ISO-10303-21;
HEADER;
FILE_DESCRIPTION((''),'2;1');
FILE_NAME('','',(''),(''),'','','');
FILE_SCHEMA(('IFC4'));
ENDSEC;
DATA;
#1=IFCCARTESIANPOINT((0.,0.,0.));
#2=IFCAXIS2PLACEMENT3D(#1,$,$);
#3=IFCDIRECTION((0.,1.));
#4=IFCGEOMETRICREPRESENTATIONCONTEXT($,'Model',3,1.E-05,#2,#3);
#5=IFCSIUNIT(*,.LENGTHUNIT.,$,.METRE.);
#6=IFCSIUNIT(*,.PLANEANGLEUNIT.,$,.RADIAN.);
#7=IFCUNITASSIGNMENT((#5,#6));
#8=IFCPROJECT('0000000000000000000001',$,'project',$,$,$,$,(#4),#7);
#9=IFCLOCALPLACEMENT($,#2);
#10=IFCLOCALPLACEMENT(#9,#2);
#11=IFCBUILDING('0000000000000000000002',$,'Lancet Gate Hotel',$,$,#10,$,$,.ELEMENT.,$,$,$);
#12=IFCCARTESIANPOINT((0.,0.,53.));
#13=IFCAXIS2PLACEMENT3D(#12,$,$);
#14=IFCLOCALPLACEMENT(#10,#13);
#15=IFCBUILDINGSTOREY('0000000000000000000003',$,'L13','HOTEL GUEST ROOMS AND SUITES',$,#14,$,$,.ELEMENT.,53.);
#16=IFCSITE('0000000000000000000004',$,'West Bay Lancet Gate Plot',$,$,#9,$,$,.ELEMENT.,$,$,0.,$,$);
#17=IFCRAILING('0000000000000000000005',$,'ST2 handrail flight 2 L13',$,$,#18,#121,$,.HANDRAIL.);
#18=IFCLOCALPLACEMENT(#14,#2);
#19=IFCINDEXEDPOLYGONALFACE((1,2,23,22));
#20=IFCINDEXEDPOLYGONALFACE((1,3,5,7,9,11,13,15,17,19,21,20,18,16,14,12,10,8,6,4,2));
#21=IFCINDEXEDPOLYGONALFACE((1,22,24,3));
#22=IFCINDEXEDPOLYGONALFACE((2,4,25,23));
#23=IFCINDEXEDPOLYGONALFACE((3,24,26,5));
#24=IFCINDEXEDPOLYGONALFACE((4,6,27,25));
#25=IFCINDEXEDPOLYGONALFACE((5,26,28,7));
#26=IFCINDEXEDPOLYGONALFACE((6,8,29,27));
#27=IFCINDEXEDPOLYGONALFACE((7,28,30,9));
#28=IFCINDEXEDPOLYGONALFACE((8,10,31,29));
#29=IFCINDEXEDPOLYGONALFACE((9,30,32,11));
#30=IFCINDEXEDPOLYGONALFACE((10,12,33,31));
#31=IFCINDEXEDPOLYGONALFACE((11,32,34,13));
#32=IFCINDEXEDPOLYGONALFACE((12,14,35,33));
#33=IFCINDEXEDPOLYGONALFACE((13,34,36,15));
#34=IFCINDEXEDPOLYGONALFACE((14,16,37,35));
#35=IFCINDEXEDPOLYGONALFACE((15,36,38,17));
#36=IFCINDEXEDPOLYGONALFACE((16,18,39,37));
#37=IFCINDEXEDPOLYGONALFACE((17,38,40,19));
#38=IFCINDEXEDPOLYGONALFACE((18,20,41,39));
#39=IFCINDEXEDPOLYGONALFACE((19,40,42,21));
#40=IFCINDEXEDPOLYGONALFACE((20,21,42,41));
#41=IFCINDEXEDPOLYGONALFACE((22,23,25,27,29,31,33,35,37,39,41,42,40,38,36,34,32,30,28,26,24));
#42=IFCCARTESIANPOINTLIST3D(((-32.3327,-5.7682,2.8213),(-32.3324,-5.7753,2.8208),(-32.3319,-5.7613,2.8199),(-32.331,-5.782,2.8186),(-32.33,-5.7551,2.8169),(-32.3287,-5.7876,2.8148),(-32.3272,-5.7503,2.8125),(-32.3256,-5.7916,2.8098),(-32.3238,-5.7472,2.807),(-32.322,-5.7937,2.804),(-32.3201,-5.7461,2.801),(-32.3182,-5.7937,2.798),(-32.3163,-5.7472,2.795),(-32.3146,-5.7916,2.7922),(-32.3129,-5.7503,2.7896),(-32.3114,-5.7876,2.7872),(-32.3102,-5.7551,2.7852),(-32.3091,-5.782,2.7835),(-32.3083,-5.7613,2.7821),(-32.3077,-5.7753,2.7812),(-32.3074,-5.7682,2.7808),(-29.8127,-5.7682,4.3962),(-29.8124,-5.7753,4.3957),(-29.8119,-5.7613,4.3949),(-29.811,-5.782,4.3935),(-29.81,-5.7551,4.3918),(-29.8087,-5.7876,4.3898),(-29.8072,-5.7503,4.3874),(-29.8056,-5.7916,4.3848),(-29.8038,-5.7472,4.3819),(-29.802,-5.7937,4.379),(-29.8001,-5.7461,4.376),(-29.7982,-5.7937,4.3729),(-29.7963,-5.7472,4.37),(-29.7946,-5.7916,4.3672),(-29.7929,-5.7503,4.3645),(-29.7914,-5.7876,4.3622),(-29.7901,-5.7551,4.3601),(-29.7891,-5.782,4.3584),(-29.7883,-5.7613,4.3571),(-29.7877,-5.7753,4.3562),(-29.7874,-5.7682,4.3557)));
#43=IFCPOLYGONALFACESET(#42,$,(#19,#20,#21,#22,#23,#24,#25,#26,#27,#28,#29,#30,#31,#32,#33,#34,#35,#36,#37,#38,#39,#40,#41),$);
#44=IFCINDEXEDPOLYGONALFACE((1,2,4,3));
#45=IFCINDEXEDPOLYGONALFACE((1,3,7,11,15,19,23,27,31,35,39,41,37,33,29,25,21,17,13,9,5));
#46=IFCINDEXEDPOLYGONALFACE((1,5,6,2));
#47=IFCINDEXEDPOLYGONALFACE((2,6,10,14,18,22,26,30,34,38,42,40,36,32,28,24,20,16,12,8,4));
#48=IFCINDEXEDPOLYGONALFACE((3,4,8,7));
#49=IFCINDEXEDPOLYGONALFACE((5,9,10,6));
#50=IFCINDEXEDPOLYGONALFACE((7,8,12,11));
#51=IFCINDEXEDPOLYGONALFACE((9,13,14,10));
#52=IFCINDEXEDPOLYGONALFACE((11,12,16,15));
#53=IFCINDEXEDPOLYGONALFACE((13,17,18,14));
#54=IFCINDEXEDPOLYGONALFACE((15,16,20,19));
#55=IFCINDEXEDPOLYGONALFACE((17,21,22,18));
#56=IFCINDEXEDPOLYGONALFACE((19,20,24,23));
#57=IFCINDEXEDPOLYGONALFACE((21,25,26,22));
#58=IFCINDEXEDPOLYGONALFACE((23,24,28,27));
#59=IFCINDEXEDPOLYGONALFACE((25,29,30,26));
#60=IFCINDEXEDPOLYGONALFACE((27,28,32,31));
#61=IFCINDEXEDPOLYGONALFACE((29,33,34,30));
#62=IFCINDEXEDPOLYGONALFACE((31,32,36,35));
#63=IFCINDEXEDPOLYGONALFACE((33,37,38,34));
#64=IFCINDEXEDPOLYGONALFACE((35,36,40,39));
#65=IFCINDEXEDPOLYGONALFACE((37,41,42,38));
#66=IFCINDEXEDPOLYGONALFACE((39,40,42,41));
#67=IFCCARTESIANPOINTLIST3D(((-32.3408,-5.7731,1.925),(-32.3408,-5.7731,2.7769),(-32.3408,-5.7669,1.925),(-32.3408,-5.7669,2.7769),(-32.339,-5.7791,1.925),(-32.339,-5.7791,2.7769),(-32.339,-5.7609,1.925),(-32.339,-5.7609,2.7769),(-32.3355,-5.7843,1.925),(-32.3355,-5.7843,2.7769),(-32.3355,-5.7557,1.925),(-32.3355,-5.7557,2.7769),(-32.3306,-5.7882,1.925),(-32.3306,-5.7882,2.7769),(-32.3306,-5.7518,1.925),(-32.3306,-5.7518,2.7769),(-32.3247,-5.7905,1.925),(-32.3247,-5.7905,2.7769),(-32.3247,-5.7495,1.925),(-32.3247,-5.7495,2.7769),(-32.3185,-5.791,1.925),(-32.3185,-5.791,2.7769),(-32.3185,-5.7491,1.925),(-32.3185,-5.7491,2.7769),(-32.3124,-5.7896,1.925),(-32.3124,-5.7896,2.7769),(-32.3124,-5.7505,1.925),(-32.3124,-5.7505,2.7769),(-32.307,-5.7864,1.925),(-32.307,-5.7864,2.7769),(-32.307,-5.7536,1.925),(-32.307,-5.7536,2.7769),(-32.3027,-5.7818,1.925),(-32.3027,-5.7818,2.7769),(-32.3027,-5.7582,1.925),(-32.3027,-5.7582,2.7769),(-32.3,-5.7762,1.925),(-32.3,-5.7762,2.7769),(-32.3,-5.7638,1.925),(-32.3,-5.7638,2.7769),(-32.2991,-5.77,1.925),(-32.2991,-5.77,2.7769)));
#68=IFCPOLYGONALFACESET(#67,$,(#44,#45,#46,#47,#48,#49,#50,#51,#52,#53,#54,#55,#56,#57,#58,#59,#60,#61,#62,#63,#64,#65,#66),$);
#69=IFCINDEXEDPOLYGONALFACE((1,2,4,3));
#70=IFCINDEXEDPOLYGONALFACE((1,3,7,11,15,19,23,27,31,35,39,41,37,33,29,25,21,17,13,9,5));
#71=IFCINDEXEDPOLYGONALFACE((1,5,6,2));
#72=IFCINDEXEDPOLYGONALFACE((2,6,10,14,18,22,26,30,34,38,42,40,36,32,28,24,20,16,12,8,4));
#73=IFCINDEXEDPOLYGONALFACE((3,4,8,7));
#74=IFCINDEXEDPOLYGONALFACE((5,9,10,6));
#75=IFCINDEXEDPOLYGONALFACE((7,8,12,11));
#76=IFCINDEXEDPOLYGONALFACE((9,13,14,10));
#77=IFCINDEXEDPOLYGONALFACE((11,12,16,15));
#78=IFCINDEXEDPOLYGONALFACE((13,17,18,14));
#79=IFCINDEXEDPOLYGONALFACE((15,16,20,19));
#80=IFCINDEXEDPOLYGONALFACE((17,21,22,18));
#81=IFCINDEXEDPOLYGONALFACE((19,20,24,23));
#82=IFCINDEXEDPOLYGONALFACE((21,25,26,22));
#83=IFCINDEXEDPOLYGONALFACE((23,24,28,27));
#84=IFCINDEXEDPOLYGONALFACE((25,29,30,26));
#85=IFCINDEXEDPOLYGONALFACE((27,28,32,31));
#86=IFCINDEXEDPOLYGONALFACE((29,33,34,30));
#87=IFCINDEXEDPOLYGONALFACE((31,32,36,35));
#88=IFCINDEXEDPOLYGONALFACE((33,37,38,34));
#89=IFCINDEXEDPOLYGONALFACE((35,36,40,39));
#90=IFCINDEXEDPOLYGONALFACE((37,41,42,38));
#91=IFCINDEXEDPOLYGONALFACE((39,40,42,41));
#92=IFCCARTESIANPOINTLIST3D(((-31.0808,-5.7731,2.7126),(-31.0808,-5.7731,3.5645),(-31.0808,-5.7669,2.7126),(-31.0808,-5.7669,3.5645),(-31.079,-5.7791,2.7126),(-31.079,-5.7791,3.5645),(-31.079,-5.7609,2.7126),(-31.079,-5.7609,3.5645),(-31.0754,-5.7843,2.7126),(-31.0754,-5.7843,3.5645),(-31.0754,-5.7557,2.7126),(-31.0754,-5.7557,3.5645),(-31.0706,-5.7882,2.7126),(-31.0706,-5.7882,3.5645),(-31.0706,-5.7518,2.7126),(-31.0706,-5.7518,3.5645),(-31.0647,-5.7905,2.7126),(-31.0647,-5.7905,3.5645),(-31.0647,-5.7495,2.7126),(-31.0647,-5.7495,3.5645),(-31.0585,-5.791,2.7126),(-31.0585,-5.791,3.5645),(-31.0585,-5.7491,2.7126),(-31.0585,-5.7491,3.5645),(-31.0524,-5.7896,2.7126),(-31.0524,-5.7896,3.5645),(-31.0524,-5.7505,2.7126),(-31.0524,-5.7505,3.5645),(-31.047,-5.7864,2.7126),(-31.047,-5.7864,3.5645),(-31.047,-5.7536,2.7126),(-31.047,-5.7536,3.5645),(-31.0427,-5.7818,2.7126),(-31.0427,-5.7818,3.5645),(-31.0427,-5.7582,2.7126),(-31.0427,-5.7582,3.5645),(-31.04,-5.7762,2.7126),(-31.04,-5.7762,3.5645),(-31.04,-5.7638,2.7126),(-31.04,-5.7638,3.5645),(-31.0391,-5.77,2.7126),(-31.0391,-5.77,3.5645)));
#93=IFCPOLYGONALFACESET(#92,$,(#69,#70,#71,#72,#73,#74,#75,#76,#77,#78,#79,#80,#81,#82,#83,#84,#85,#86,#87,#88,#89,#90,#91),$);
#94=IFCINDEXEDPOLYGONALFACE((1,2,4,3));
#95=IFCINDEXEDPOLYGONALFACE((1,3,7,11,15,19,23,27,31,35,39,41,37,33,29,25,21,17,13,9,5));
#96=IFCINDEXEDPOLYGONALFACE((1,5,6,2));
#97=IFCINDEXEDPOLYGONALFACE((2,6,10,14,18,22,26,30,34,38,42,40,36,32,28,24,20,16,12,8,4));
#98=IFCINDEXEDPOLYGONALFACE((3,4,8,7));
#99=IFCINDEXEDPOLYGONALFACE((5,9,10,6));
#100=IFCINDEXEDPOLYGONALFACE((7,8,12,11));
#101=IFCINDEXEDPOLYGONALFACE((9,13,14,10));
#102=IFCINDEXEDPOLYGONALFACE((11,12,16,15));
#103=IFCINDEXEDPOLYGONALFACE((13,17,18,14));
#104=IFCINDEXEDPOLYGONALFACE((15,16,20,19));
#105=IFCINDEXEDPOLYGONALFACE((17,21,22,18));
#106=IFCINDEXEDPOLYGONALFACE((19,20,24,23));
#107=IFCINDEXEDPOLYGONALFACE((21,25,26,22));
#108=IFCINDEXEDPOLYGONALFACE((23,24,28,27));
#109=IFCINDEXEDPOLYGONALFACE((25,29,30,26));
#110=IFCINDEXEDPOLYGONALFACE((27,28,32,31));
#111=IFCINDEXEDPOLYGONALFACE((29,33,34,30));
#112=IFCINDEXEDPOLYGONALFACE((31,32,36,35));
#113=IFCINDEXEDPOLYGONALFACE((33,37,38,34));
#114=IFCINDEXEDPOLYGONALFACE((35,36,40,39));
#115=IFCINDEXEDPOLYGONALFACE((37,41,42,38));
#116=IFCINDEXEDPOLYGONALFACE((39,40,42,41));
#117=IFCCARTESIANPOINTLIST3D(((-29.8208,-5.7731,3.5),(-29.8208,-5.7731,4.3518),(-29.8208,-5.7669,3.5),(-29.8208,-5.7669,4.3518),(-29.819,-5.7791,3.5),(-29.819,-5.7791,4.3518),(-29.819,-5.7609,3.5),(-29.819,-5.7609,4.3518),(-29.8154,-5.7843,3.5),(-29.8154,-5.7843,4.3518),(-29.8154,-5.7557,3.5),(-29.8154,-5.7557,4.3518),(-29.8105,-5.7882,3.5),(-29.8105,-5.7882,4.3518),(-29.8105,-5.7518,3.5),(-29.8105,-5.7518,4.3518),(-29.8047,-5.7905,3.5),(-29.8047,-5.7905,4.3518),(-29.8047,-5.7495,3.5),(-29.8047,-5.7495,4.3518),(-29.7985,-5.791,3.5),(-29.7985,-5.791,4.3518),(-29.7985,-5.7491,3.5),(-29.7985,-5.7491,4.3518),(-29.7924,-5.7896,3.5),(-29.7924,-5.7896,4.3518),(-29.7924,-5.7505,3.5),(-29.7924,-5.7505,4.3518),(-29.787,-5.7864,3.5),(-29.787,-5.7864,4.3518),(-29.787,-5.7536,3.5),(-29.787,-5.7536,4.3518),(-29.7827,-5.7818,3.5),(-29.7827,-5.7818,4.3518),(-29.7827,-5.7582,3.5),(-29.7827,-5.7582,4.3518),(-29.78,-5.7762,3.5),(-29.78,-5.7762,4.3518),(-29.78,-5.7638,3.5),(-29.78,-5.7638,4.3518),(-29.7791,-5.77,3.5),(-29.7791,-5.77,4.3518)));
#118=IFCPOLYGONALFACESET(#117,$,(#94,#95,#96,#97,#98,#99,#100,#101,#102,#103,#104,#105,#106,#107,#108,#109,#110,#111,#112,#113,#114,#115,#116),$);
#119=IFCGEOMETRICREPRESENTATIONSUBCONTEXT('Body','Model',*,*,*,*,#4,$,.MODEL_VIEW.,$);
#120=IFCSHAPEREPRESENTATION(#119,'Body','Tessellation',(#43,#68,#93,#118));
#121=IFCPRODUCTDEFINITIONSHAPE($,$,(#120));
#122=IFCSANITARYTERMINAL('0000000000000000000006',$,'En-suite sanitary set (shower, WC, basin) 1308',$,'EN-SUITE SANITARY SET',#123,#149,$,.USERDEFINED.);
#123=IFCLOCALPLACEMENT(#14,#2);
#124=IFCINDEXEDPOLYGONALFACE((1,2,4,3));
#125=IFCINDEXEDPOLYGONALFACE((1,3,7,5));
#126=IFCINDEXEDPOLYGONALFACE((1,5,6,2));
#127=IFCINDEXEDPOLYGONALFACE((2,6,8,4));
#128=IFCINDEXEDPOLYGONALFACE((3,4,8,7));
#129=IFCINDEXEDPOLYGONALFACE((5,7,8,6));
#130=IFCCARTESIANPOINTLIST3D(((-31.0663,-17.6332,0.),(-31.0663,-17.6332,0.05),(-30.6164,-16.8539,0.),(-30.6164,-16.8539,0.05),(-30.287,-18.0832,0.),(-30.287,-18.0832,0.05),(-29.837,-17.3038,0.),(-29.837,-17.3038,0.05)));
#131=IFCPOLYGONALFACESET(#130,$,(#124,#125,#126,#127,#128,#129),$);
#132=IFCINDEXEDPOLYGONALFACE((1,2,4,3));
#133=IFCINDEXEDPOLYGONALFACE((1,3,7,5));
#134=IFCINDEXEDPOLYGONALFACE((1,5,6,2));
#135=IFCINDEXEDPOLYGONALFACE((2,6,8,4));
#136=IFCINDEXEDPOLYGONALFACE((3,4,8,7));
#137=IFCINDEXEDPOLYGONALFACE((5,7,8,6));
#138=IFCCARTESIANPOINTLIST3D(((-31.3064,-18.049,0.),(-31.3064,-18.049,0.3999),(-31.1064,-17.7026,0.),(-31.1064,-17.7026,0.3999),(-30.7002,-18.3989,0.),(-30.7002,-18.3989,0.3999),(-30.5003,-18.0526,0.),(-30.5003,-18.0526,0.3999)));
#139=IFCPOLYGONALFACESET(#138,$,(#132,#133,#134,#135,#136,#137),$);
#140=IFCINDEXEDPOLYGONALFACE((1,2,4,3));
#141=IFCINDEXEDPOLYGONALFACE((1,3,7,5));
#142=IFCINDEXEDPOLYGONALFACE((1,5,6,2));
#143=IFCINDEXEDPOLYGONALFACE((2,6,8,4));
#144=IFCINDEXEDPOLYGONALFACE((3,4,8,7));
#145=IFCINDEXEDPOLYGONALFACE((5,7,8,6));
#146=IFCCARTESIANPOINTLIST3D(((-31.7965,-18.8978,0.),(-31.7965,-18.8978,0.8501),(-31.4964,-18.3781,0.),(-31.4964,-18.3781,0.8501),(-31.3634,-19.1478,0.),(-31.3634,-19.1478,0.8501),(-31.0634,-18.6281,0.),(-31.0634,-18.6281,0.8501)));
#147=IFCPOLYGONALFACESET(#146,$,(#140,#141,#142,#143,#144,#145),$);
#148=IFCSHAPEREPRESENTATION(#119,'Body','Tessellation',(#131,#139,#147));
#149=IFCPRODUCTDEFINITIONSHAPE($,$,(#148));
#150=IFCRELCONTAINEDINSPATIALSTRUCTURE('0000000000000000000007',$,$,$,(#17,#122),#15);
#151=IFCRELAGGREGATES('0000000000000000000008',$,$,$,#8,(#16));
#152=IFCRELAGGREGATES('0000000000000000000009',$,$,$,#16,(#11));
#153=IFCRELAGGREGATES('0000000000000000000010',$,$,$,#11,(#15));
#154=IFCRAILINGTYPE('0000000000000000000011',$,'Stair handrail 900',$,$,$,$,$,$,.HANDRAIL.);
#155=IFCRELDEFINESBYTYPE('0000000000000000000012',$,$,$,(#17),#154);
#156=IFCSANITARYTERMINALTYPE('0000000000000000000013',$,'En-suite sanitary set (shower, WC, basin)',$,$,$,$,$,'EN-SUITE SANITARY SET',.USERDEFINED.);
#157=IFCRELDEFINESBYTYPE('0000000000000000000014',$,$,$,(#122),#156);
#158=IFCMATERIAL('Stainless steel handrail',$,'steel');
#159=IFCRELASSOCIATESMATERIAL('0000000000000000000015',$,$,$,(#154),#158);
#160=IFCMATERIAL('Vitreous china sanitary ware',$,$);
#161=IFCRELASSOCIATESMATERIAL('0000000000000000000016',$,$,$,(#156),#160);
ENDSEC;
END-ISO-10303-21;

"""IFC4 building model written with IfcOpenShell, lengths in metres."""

from ifc_helpers import new_model, si_unit, direction, frame, origin, origin_2d, place, context, subcontext, project, spatial, rectangle, circle, extrude, material, type_object, element, save


model = new_model("IFC4")

# Units and contexts
model_context = context("Model", 3, precision=1e-05, world=origin(), true_north=direction((0.0, 1.0)))
body_context = subcontext(model_context, "Body", "Model", "MODEL_VIEW")
ifc_project = project(units=[si_unit("LENGTHUNIT", "METRE"), si_unit("PLANEANGLEUNIT", "RADIAN")], contexts=[model_context])

# Site, building, storey
site_placement = place(None, origin())
site = spatial("IfcSite", under=ifc_project, at=site_placement, Name="West Bay Lancet Gate Plot", CompositionType="ELEMENT", RefElevation=0.0)
building_placement = place(site_placement, origin())
building = spatial("IfcBuilding", under=site, at=building_placement, Name="Lancet Gate Hotel", CompositionType="ELEMENT")
storey_placement = place(building_placement, frame((0.0, 0.0, 53.0)))
storey = spatial("IfcBuildingStorey", under=building, at=storey_placement, Name="L13", Description="HOTEL GUEST ROOMS AND SUITES", CompositionType="ELEMENT", Elevation=53.0)

# Railing
ifc_material_1 = material(Name="Stainless steel handrail", Category="steel")
railing_type = type_object("IfcRailingType", Name="Stair handrail 900", PredefinedType="HANDRAIL", material=ifc_material_1)
railing_1_placement = place(storey_placement, frame((-32.3201, -5.77, 1.925)))
element("IfcRailing", 1, at=railing_1_placement, inside=storey, type_object=railing_type, Name="ST2 handrail flight 2 L13", PredefinedType="HANDRAIL", context=body_context, shape_type="SweptSolid", body=[
    extrude(circle(Radius=0.0239, at=origin_2d()), frame((0.0, 0.0, 0.876), z_axis=(0.848008, 0.0, 0.529984), x_axis=(0.0, 1.0, 0.0)), (0.0, 0.0, 1.0), 2.9717),
    extrude(circle(Radius=0.021, at=origin_2d()), origin(), (0.0, 0.0, 1.0), 0.8518),
    extrude(circle(Radius=0.021, at=origin_2d()), frame((1.26, 0.0, 0.7876)), (0.0, 0.0, 1.0), 0.8518),
    extrude(circle(Radius=0.021, at=origin_2d()), frame((2.52, 0.0, 1.575)), (0.0, 0.0, 1.0), 0.8518),
])

# Sanitary terminal
ifc_material_2 = material(Name="Vitreous china sanitary ware")
sanitary_terminal_type = type_object("IfcSanitaryTerminalType", Name="En-suite sanitary set (shower, WC, basin)", ElementType="EN-SUITE SANITARY SET", PredefinedType="USERDEFINED", material=ifc_material_2)
sanitary_terminal_placement = place(storey_placement, frame((-30.4517, -17.4685, 0.0), z_axis=(0.0, 0.0, 1.0), x_axis=(1.0, 0.0, 0.0)))
element("IfcSanitaryTerminal", 2, at=sanitary_terminal_placement, inside=storey, type_object=sanitary_terminal_type, Name="En-suite sanitary set (shower, WC, basin) 1308", ObjectType="EN-SUITE SANITARY SET", PredefinedType="USERDEFINED", context=body_context, shape_type="SweptSolid", body=[
    extrude(rectangle(XDim=0.8999, YDim=0.8999, at=origin_2d()), frame((0.0, 0.0, 0.0), z_axis=(0.0, 0.0, 1.0), x_axis=(0.5, 0.866025, 0.0)), (0.0, 0.0, 1.0), 0.05),
    extrude(rectangle(XDim=0.3999, YDim=0.7, at=origin_2d()), frame((-0.4517, -0.5823, 0.0), z_axis=(0.0, 0.0, 1.0), x_axis=(0.5, 0.866025, 0.0)), (0.0, 0.0, 1.0), 0.3999),
    extrude(rectangle(XDim=0.6001, YDim=0.5, at=origin_2d()), frame((-0.9783, -1.2944, 0.0), z_axis=(0.0, 0.0, 1.0), x_axis=(0.5, 0.866025, 0.0)), (0.0, 0.0, 1.0), 0.8501),
])

save(model, "model.ifc")
